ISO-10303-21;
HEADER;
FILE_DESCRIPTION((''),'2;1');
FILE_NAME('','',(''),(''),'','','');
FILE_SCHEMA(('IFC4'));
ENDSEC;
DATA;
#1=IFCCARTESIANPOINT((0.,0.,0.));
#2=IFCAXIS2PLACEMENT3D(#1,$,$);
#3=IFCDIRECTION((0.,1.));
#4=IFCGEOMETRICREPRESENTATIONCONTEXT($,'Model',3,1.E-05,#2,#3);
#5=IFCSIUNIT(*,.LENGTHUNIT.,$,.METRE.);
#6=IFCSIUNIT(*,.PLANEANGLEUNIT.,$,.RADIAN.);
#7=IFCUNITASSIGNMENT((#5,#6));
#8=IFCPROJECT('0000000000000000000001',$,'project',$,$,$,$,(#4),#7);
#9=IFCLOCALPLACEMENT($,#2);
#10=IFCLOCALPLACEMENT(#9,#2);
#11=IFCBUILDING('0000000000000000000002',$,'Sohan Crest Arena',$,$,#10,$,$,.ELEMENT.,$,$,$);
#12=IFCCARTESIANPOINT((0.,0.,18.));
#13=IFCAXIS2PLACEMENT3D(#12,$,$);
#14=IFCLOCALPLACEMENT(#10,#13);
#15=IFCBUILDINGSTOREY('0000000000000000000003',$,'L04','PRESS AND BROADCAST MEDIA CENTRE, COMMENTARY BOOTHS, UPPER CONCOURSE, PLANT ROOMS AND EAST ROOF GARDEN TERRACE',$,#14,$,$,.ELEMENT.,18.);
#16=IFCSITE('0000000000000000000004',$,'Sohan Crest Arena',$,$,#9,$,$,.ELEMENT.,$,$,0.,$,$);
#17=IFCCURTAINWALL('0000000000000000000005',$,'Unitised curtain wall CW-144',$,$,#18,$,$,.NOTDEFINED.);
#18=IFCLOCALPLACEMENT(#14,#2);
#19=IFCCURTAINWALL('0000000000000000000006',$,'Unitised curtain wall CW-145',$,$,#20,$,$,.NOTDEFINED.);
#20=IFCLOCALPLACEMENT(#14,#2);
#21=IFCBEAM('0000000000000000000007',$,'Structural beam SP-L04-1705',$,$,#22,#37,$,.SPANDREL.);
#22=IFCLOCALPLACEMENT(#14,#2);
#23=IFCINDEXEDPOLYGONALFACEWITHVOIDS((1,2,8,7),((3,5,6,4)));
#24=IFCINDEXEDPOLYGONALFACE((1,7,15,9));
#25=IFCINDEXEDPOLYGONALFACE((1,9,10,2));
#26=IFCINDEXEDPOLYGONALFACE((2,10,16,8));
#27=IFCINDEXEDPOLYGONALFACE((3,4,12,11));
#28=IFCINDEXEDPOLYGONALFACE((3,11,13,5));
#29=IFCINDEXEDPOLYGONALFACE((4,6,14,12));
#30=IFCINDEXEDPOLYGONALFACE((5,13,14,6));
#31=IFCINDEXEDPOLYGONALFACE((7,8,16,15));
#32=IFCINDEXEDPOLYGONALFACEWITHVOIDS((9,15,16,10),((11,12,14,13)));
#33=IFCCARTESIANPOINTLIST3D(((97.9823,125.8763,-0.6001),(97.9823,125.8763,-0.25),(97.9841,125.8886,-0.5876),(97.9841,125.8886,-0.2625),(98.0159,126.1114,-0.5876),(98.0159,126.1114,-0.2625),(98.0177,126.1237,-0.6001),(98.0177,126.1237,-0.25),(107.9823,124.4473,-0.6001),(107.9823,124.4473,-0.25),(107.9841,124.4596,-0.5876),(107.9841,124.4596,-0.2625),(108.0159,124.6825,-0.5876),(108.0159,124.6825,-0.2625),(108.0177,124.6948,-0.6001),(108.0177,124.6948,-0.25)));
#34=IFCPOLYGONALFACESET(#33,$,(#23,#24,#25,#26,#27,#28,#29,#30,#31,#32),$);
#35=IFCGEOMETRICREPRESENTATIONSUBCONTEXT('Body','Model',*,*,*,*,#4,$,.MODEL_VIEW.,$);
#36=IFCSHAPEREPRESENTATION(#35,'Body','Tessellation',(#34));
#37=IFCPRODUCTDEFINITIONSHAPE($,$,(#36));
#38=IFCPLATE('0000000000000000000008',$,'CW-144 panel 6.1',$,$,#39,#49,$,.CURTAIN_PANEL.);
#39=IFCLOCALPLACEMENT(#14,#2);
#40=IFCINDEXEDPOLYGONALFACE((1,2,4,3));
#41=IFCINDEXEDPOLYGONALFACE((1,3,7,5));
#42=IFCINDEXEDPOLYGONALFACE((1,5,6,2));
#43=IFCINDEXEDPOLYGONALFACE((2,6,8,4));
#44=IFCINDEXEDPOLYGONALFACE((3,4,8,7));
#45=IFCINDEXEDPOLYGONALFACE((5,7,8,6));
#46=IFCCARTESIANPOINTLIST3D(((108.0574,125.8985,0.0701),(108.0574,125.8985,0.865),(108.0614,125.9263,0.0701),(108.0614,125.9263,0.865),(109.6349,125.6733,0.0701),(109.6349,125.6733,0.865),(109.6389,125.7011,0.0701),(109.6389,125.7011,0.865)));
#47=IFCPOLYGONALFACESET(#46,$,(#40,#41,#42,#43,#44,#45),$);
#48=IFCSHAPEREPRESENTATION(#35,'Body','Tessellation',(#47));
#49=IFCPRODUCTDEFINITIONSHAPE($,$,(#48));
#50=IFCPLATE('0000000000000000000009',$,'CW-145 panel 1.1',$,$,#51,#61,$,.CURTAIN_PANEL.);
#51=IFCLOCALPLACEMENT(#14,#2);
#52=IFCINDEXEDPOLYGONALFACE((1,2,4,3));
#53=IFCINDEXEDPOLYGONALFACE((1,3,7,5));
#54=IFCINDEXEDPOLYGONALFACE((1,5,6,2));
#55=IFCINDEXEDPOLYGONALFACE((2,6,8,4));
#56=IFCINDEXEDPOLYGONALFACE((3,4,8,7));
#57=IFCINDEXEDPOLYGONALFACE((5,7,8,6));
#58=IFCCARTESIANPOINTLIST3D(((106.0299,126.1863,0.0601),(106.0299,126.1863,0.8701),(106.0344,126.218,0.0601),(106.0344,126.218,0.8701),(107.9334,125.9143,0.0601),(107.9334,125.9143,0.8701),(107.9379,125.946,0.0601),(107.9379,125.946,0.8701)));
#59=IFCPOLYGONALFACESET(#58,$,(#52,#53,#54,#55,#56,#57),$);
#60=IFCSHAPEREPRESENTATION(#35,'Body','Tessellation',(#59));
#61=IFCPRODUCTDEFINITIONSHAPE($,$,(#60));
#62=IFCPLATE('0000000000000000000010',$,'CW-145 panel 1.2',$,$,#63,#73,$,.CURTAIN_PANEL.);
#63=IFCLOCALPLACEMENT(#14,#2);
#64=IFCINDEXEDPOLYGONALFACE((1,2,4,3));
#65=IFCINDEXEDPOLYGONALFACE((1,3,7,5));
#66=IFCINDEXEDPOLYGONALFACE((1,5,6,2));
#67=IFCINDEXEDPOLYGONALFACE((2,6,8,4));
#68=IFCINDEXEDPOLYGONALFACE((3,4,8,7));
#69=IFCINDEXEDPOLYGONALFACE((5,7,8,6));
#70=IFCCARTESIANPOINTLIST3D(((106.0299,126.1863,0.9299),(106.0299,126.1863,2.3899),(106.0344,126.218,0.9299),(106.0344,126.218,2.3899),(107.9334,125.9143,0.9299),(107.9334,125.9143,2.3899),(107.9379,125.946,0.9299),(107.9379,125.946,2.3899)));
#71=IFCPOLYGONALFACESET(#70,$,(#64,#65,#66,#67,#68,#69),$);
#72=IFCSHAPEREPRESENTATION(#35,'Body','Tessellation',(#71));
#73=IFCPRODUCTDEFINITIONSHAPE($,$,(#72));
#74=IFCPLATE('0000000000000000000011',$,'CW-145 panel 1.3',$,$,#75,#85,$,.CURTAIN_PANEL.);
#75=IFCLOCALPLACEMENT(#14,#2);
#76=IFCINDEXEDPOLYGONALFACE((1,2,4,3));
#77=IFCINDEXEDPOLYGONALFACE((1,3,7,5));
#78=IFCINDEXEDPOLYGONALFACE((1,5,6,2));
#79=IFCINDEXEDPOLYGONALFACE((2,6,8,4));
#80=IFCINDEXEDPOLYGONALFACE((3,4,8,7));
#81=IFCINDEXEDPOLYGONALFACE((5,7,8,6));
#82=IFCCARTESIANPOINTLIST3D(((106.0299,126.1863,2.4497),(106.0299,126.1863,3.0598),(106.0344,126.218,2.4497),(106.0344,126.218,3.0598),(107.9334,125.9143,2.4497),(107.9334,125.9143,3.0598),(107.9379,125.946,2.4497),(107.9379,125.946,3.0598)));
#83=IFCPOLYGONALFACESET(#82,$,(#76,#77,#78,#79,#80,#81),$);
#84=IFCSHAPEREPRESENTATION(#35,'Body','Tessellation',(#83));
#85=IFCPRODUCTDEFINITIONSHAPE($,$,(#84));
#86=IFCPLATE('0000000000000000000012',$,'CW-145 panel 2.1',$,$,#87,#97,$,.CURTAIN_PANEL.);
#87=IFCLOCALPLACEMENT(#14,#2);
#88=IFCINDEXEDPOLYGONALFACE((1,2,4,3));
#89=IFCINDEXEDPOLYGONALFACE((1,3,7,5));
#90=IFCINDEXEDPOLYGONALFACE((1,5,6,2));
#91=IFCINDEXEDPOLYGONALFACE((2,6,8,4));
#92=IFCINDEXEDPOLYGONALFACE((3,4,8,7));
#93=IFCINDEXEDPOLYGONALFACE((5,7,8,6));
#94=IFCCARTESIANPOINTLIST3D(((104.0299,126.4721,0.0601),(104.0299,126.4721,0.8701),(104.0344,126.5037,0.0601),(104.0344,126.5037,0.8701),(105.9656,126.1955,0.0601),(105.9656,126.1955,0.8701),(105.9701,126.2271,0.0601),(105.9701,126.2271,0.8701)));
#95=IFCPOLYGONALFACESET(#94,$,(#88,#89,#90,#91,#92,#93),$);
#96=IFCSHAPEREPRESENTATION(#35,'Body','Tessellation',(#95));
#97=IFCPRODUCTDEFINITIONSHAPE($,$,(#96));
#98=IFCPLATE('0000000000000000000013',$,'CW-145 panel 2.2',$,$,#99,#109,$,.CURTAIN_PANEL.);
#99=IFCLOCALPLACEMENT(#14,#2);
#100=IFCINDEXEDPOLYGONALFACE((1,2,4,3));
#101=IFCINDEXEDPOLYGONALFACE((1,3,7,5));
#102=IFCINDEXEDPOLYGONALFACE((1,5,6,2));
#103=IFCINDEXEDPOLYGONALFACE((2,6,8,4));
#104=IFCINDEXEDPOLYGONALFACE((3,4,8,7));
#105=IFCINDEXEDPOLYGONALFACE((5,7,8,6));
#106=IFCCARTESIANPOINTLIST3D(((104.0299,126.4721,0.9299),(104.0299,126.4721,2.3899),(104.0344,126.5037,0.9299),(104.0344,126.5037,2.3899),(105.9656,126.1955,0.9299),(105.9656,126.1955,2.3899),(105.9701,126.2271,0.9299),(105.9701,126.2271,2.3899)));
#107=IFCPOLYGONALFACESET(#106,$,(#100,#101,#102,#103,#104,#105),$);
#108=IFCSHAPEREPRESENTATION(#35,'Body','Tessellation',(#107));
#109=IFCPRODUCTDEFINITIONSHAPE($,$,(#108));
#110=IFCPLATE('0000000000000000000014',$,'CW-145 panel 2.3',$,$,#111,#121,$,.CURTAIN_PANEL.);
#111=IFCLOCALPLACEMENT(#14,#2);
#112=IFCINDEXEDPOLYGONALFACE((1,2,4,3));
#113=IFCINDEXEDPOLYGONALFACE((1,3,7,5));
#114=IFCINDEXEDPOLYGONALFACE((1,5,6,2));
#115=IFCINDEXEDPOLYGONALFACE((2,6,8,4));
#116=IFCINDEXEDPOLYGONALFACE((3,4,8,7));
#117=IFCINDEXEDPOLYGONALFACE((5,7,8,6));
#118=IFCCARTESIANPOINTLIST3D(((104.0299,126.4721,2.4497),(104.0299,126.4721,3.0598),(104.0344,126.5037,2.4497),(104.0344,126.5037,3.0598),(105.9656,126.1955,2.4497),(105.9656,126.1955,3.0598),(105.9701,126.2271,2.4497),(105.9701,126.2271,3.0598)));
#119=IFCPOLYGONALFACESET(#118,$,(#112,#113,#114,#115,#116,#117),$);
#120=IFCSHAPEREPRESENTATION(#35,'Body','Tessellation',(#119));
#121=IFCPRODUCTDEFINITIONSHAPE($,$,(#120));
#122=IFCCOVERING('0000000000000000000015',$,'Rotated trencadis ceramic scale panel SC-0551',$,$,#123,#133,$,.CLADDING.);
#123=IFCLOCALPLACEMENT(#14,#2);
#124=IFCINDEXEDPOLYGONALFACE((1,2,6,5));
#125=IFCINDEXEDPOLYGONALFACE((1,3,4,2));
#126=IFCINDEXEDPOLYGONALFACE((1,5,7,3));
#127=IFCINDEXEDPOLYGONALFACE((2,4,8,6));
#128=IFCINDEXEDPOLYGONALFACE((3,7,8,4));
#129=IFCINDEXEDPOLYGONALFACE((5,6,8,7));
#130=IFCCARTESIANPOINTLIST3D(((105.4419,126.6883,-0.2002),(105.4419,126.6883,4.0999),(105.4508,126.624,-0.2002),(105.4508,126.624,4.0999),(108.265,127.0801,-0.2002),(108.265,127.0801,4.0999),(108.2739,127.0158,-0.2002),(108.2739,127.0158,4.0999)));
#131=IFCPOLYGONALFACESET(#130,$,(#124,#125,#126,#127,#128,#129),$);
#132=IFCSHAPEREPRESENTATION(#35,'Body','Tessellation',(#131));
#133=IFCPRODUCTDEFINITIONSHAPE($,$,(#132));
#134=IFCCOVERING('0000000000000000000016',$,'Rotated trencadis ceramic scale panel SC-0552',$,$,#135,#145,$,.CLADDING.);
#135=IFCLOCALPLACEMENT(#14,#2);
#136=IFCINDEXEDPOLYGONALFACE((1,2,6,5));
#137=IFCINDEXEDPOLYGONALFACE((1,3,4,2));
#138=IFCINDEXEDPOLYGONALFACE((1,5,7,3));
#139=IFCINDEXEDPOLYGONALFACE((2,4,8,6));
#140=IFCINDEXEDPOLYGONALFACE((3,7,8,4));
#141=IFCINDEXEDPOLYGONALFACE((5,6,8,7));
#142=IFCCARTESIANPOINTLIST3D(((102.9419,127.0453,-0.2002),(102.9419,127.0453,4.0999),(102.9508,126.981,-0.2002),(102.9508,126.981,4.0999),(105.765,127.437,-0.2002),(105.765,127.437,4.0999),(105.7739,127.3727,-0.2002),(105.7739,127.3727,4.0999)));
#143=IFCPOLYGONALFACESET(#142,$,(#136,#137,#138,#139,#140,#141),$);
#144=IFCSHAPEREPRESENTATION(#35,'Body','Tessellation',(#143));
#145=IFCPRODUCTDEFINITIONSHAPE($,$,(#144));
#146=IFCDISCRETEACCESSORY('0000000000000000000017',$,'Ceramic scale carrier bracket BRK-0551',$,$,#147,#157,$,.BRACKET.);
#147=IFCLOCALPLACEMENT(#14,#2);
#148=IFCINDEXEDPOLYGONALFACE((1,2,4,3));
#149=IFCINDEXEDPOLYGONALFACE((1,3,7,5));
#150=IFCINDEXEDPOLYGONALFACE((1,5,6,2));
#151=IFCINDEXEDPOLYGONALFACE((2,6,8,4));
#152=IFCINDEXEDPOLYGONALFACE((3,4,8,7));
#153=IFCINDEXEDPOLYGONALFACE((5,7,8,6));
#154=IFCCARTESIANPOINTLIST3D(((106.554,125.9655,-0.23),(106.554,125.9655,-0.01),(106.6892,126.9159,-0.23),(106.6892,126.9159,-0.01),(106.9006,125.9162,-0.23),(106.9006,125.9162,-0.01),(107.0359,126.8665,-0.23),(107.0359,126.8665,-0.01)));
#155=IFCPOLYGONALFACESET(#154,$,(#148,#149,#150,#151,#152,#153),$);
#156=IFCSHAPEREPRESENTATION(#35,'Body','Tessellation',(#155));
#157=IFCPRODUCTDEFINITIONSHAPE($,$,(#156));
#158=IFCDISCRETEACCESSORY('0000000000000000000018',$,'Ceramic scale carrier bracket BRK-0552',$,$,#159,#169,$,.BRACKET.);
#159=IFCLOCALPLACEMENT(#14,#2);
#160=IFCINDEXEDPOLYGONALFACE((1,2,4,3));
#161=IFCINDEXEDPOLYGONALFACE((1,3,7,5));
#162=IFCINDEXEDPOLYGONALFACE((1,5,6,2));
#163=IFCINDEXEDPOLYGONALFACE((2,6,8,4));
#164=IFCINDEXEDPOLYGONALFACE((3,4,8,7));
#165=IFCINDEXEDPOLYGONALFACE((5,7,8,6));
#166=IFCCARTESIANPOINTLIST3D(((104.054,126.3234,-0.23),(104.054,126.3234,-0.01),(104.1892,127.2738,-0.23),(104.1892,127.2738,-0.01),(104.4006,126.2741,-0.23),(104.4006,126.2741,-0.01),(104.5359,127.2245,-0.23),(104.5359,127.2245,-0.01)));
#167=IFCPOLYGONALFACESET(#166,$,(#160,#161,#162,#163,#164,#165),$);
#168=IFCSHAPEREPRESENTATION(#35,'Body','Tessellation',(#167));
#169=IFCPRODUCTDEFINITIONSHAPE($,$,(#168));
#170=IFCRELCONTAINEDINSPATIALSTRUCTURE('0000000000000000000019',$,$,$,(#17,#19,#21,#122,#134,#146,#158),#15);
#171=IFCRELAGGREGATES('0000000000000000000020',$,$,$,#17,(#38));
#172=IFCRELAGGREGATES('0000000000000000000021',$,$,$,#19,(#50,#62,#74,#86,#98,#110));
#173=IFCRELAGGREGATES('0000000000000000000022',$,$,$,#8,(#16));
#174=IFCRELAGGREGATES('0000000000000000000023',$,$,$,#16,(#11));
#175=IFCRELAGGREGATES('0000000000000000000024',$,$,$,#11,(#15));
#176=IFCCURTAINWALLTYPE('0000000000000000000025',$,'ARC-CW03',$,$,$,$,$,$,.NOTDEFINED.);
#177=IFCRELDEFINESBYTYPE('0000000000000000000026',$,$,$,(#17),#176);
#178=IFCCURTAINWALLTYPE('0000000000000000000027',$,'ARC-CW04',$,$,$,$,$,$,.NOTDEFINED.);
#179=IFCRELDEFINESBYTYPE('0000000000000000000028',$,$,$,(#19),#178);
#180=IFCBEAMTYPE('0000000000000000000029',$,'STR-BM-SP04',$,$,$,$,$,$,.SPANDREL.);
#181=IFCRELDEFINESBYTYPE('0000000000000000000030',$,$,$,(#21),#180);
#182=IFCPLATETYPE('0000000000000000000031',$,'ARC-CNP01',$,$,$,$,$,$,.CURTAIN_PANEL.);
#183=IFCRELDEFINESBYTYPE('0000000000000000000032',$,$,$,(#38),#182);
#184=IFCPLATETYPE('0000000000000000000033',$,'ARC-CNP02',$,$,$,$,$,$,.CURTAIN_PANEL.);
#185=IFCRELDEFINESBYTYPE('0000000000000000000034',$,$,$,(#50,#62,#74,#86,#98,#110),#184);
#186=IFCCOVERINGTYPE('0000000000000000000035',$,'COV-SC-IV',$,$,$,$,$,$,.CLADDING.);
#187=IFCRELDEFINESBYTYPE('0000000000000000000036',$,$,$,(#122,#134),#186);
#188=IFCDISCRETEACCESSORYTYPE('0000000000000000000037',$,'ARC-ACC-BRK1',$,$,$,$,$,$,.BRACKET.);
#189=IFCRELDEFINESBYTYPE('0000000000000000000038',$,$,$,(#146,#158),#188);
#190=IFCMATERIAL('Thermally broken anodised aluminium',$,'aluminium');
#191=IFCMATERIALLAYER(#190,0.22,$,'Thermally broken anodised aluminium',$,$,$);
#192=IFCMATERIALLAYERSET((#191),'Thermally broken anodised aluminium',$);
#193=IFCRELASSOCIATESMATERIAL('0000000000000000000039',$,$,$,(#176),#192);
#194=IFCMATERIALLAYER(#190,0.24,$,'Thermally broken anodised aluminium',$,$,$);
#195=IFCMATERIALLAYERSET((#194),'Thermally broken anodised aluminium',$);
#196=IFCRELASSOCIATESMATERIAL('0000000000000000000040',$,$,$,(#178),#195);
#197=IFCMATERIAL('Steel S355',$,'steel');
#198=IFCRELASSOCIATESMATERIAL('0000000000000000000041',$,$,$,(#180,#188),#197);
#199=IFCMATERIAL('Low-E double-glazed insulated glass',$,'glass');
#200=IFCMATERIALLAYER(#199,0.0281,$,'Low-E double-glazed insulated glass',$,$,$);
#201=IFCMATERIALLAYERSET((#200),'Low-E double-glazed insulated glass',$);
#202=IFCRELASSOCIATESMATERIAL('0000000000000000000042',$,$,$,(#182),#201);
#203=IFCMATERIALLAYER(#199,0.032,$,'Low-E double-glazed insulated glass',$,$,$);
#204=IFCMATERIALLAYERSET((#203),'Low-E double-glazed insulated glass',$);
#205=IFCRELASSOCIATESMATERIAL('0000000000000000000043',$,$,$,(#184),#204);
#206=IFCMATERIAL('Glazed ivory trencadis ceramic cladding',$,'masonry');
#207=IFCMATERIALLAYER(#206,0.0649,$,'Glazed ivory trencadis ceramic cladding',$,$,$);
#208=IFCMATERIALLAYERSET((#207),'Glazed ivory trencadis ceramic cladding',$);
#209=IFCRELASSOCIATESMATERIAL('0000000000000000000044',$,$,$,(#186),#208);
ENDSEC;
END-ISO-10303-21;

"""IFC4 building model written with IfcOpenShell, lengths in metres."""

from ifc_helpers import new_model, si_unit, direction, frame, origin, origin_2d, place, context, subcontext, project, spatial, rectangle, hollow_rectangle, extrude, material, layer, layer_set, material_profile, profile_set, type_object, element, aggregate, save


model = new_model("IFC4")

# Units and contexts
model_context = context("Model", 3, precision=1e-05, world=origin(), true_north=direction((0.0, 1.0)))
body_context = subcontext(model_context, "Body", "Model", "MODEL_VIEW")
ifc_project = project(units=[si_unit("LENGTHUNIT", "METRE"), si_unit("PLANEANGLEUNIT", "RADIAN")], contexts=[model_context])

# Site, building, storey
site_placement = place(None, origin())
site = spatial("IfcSite", under=ifc_project, at=site_placement, Name="Sohan Crest Arena", CompositionType="ELEMENT", RefElevation=0.0)
building_placement = place(site_placement, origin())
building = spatial("IfcBuilding", under=site, at=building_placement, Name="Sohan Crest Arena", CompositionType="ELEMENT")
storey_placement = place(building_placement, frame((0.0, 0.0, 18.0)))
storey = spatial("IfcBuildingStorey", under=building, at=storey_placement, Name="L04", Description="PRESS AND BROADCAST MEDIA CENTRE, COMMENTARY BOOTHS, UPPER CONCOURSE, PLANT ROOMS AND EAST ROOF GARDEN TERRACE", CompositionType="ELEMENT", Elevation=18.0)

# Curtain wall
ifc_material_1 = material(Name="Thermally broken anodised aluminium", Category="aluminium")
ifc_layer_1 = layer(ifc_material_1, 0.22, Name="Thermally broken anodised aluminium")
ifc_layer_set_1 = layer_set([ifc_layer_1], Name="Thermally broken anodised aluminium")
curtain_wall_type_1 = type_object("IfcCurtainWallType", Name="ARC-CW03", PredefinedType="NOTDEFINED", material=ifc_layer_set_1)
curtain_wall_1_placement = place(storey_placement, origin())
curtain_wall_1 = element("IfcCurtainWall", 1, at=curtain_wall_1_placement, inside=storey, type_object=curtain_wall_type_1, Name="Unitised curtain wall CW-144", PredefinedType="NOTDEFINED")

# Curtain wall
ifc_layer_2 = layer(ifc_material_1, 0.24, Name="Thermally broken anodised aluminium")
ifc_layer_set_2 = layer_set([ifc_layer_2], Name="Thermally broken anodised aluminium")
curtain_wall_type_2 = type_object("IfcCurtainWallType", Name="ARC-CW04", PredefinedType="NOTDEFINED", material=ifc_layer_set_2)
curtain_wall_2_placement = place(storey_placement, origin())
curtain_wall_2 = element("IfcCurtainWall", 2, at=curtain_wall_2_placement, inside=storey, type_object=curtain_wall_type_2, Name="Unitised curtain wall CW-145", PredefinedType="NOTDEFINED")

# Beam
ifc_material_2 = material(Name="Steel S355", Category="steel")
ifc_material_profile_1 = material_profile(ifc_material_2, hollow_rectangle(XDim=0.25, YDim=0.3501, WallThickness=0.0125, at=origin_2d()), Name="RHS 350x250x12.5")
ifc_profile_set_1 = profile_set([ifc_material_profile_1], Name="Steel S355")
beam_type = type_object("IfcBeamType", Name="STR-BM-SP04", PredefinedType="SPANDREL", material=ifc_profile_set_1)
beam_placement = place(storey_placement, frame((108.0, 124.571, -0.425), z_axis=(-0.989944, 0.141459, 0.0), x_axis=(-0.141459, -0.989944, 0.0)))
element("IfcBeam", 3, at=beam_placement, inside=storey, type_object=beam_type, Name="Structural beam SP-L04-1705", PredefinedType="SPANDREL", context=body_context, shape_type="SweptSolid", body=[
    extrude(hollow_rectangle(XDim=0.25, YDim=0.3501, WallThickness=0.0125, at=origin_2d()), origin(), (0.0, 0.0, 1.0), 10.1016),
])

# Plates
ifc_material_3 = material(Name="Low-E double-glazed insulated glass", Category="glass")
ifc_layer_3 = layer(ifc_material_3, 0.0281, Name="Low-E double-glazed insulated glass")
ifc_layer_set_3 = layer_set([ifc_layer_3], Name="Low-E double-glazed insulated glass")
plate_type_1 = type_object("IfcPlateType", Name="ARC-CNP01", PredefinedType="CURTAIN_PANEL", material=ifc_layer_set_3)
plate_1_placement = place(storey_placement, frame((108.8481, 125.7998, 0.0701), z_axis=(0.0, 0.0, 1.0), x_axis=(-0.989957, 0.141366, 0.0)))
plate_1 = element("IfcPlate", 4, at=plate_1_placement, type_object=plate_type_1, Name="CW-144 panel 6.1", PredefinedType="CURTAIN_PANEL", context=body_context, shape_type="SweptSolid", body=[
    extrude(rectangle(XDim=1.5935, YDim=0.0281, at=origin_2d()), origin(), (0.0, 0.0, 1.0), 0.7949),
])
aggregate(curtain_wall_1, [plate_1])
ifc_layer_4 = layer(ifc_material_3, 0.032, Name="Low-E double-glazed insulated glass")
ifc_layer_set_4 = layer_set([ifc_layer_4], Name="Low-E double-glazed insulated glass")
plate_type_2 = type_object("IfcPlateType", Name="ARC-CNP02", PredefinedType="CURTAIN_PANEL", material=ifc_layer_set_4)
plate_2_placement = place(storey_placement, frame((106.9839, 126.0662, 0.0601), z_axis=(0.0, 0.0, 1.0), x_axis=(-0.989944, 0.141463, 0.0)))
plate_2 = element("IfcPlate", 5, at=plate_2_placement, type_object=plate_type_2, Name="CW-145 panel 1.1", PredefinedType="CURTAIN_PANEL", context=body_context, shape_type="SweptSolid", body=[
    extrude(rectangle(XDim=1.9229, YDim=0.032, at=origin_2d()), origin(), (0.0, 0.0, 1.0), 0.8101),
])
plate_3_placement = place(storey_placement, frame((106.9839, 126.0662, 0.9299), z_axis=(0.0, 0.0, 1.0), x_axis=(-0.989944, 0.141463, 0.0)))
plate_3 = element("IfcPlate", 6, at=plate_3_placement, type_object=plate_type_2, Name="CW-145 panel 1.2", PredefinedType="CURTAIN_PANEL", context=body_context, shape_type="SweptSolid", body=[
    extrude(rectangle(XDim=1.9229, YDim=0.032, at=origin_2d()), origin(), (0.0, 0.0, 1.0), 1.46),
])
plate_4_placement = place(storey_placement, frame((106.9839, 126.0662, 2.4497), z_axis=(0.0, 0.0, 1.0), x_axis=(-0.989944, 0.141463, 0.0)))
plate_4 = element("IfcPlate", 7, at=plate_4_placement, type_object=plate_type_2, Name="CW-145 panel 1.3", PredefinedType="CURTAIN_PANEL", context=body_context, shape_type="SweptSolid", body=[
    extrude(rectangle(XDim=1.9229, YDim=0.032, at=origin_2d()), origin(), (0.0, 0.0, 1.0), 0.6101),
])
plate_5_placement = place(storey_placement, frame((105.0, 126.3496, 0.0601), z_axis=(0.0, 0.0, 1.0), x_axis=(-0.989944, 0.141463, 0.0)))
plate_5 = element("IfcPlate", 8, at=plate_5_placement, type_object=plate_type_2, Name="CW-145 panel 2.1", PredefinedType="CURTAIN_PANEL", context=body_context, shape_type="SweptSolid", body=[
    extrude(rectangle(XDim=1.9553, YDim=0.032, at=origin_2d()), origin(), (0.0, 0.0, 1.0), 0.8101),
])
plate_6_placement = place(storey_placement, frame((105.0, 126.3496, 0.9299), z_axis=(0.0, 0.0, 1.0), x_axis=(-0.989944, 0.141463, 0.0)))
plate_6 = element("IfcPlate", 9, at=plate_6_placement, type_object=plate_type_2, Name="CW-145 panel 2.2", PredefinedType="CURTAIN_PANEL", context=body_context, shape_type="SweptSolid", body=[
    extrude(rectangle(XDim=1.9553, YDim=0.032, at=origin_2d()), origin(), (0.0, 0.0, 1.0), 1.46),
])
plate_7_placement = place(storey_placement, frame((105.0, 126.3496, 2.4497), z_axis=(0.0, 0.0, 1.0), x_axis=(-0.989944, 0.141463, 0.0)))
plate_7 = element("IfcPlate", 10, at=plate_7_placement, type_object=plate_type_2, Name="CW-145 panel 2.3", PredefinedType="CURTAIN_PANEL", context=body_context, shape_type="SweptSolid", body=[
    extrude(rectangle(XDim=1.9553, YDim=0.032, at=origin_2d()), origin(), (0.0, 0.0, 1.0), 0.6101),
])
aggregate(curtain_wall_2, [plate_2, plate_3, plate_4, plate_5, plate_6, plate_7])

# Coverings
ifc_material_4 = material(Name="Glazed ivory trencadis ceramic cladding", Category="masonry")
ifc_layer_5 = layer(ifc_material_4, 0.0649, Name="Glazed ivory trencadis ceramic cladding")
ifc_layer_set_5 = layer_set([ifc_layer_5], Name="Glazed ivory trencadis ceramic cladding")
covering_type = type_object("IfcCoveringType", Name="COV-SC-IV", PredefinedType="CLADDING", material=ifc_layer_set_5)
for number, where, z_axis, x_axis, name in (
    (11, (106.8579, 126.8521, -0.2002), (0.0, 0.0, 1.0), (-0.990509, -0.137445, 0.0), "Rotated trencadis ceramic scale panel SC-0551"),
    (12, (104.3579, 127.209, -0.2002), (0.0, 0.0, 1.0), (-0.990509, -0.137445, 0.0), "Rotated trencadis ceramic scale panel SC-0552"),
):
    element("IfcCovering", number, at=place(storey_placement, frame(where, z_axis=z_axis, x_axis=x_axis)), inside=storey, type_object=covering_type, Name=name, PredefinedType="CLADDING", context=body_context, shape_type="SweptSolid", body=[
        extrude(rectangle(XDim=2.8501, YDim=0.0649, at=origin_2d()), origin(), (0.0, 0.0, 1.0), 4.3),
    ])

# Discrete accessories
discrete_accessory_type = type_object("IfcDiscreteAccessoryType", Name="ARC-ACC-BRK1", PredefinedType="BRACKET", material=ifc_material_2)
for number, where, z_axis, x_axis, name in (
    (13, (106.7949, 126.416, -0.23), (0.0, 0.0, 1.0), (-0.990024, 0.140901, 0.0), "Ceramic scale carrier bracket BRK-0551"),
    (14, (104.2949, 126.7739, -0.23), (0.0, 0.0, 1.0), (-0.990024, 0.140901, 0.0), "Ceramic scale carrier bracket BRK-0552"),
):
    element("IfcDiscreteAccessory", number, at=place(storey_placement, frame(where, z_axis=z_axis, x_axis=x_axis)), inside=storey, type_object=discrete_accessory_type, Name=name, PredefinedType="BRACKET", context=body_context, shape_type="SweptSolid", body=[
        extrude(rectangle(XDim=0.3501, YDim=0.96, at=origin_2d()), origin(), (0.0, 0.0, 1.0), 0.22),
    ])

save(model, "model.ifc")
